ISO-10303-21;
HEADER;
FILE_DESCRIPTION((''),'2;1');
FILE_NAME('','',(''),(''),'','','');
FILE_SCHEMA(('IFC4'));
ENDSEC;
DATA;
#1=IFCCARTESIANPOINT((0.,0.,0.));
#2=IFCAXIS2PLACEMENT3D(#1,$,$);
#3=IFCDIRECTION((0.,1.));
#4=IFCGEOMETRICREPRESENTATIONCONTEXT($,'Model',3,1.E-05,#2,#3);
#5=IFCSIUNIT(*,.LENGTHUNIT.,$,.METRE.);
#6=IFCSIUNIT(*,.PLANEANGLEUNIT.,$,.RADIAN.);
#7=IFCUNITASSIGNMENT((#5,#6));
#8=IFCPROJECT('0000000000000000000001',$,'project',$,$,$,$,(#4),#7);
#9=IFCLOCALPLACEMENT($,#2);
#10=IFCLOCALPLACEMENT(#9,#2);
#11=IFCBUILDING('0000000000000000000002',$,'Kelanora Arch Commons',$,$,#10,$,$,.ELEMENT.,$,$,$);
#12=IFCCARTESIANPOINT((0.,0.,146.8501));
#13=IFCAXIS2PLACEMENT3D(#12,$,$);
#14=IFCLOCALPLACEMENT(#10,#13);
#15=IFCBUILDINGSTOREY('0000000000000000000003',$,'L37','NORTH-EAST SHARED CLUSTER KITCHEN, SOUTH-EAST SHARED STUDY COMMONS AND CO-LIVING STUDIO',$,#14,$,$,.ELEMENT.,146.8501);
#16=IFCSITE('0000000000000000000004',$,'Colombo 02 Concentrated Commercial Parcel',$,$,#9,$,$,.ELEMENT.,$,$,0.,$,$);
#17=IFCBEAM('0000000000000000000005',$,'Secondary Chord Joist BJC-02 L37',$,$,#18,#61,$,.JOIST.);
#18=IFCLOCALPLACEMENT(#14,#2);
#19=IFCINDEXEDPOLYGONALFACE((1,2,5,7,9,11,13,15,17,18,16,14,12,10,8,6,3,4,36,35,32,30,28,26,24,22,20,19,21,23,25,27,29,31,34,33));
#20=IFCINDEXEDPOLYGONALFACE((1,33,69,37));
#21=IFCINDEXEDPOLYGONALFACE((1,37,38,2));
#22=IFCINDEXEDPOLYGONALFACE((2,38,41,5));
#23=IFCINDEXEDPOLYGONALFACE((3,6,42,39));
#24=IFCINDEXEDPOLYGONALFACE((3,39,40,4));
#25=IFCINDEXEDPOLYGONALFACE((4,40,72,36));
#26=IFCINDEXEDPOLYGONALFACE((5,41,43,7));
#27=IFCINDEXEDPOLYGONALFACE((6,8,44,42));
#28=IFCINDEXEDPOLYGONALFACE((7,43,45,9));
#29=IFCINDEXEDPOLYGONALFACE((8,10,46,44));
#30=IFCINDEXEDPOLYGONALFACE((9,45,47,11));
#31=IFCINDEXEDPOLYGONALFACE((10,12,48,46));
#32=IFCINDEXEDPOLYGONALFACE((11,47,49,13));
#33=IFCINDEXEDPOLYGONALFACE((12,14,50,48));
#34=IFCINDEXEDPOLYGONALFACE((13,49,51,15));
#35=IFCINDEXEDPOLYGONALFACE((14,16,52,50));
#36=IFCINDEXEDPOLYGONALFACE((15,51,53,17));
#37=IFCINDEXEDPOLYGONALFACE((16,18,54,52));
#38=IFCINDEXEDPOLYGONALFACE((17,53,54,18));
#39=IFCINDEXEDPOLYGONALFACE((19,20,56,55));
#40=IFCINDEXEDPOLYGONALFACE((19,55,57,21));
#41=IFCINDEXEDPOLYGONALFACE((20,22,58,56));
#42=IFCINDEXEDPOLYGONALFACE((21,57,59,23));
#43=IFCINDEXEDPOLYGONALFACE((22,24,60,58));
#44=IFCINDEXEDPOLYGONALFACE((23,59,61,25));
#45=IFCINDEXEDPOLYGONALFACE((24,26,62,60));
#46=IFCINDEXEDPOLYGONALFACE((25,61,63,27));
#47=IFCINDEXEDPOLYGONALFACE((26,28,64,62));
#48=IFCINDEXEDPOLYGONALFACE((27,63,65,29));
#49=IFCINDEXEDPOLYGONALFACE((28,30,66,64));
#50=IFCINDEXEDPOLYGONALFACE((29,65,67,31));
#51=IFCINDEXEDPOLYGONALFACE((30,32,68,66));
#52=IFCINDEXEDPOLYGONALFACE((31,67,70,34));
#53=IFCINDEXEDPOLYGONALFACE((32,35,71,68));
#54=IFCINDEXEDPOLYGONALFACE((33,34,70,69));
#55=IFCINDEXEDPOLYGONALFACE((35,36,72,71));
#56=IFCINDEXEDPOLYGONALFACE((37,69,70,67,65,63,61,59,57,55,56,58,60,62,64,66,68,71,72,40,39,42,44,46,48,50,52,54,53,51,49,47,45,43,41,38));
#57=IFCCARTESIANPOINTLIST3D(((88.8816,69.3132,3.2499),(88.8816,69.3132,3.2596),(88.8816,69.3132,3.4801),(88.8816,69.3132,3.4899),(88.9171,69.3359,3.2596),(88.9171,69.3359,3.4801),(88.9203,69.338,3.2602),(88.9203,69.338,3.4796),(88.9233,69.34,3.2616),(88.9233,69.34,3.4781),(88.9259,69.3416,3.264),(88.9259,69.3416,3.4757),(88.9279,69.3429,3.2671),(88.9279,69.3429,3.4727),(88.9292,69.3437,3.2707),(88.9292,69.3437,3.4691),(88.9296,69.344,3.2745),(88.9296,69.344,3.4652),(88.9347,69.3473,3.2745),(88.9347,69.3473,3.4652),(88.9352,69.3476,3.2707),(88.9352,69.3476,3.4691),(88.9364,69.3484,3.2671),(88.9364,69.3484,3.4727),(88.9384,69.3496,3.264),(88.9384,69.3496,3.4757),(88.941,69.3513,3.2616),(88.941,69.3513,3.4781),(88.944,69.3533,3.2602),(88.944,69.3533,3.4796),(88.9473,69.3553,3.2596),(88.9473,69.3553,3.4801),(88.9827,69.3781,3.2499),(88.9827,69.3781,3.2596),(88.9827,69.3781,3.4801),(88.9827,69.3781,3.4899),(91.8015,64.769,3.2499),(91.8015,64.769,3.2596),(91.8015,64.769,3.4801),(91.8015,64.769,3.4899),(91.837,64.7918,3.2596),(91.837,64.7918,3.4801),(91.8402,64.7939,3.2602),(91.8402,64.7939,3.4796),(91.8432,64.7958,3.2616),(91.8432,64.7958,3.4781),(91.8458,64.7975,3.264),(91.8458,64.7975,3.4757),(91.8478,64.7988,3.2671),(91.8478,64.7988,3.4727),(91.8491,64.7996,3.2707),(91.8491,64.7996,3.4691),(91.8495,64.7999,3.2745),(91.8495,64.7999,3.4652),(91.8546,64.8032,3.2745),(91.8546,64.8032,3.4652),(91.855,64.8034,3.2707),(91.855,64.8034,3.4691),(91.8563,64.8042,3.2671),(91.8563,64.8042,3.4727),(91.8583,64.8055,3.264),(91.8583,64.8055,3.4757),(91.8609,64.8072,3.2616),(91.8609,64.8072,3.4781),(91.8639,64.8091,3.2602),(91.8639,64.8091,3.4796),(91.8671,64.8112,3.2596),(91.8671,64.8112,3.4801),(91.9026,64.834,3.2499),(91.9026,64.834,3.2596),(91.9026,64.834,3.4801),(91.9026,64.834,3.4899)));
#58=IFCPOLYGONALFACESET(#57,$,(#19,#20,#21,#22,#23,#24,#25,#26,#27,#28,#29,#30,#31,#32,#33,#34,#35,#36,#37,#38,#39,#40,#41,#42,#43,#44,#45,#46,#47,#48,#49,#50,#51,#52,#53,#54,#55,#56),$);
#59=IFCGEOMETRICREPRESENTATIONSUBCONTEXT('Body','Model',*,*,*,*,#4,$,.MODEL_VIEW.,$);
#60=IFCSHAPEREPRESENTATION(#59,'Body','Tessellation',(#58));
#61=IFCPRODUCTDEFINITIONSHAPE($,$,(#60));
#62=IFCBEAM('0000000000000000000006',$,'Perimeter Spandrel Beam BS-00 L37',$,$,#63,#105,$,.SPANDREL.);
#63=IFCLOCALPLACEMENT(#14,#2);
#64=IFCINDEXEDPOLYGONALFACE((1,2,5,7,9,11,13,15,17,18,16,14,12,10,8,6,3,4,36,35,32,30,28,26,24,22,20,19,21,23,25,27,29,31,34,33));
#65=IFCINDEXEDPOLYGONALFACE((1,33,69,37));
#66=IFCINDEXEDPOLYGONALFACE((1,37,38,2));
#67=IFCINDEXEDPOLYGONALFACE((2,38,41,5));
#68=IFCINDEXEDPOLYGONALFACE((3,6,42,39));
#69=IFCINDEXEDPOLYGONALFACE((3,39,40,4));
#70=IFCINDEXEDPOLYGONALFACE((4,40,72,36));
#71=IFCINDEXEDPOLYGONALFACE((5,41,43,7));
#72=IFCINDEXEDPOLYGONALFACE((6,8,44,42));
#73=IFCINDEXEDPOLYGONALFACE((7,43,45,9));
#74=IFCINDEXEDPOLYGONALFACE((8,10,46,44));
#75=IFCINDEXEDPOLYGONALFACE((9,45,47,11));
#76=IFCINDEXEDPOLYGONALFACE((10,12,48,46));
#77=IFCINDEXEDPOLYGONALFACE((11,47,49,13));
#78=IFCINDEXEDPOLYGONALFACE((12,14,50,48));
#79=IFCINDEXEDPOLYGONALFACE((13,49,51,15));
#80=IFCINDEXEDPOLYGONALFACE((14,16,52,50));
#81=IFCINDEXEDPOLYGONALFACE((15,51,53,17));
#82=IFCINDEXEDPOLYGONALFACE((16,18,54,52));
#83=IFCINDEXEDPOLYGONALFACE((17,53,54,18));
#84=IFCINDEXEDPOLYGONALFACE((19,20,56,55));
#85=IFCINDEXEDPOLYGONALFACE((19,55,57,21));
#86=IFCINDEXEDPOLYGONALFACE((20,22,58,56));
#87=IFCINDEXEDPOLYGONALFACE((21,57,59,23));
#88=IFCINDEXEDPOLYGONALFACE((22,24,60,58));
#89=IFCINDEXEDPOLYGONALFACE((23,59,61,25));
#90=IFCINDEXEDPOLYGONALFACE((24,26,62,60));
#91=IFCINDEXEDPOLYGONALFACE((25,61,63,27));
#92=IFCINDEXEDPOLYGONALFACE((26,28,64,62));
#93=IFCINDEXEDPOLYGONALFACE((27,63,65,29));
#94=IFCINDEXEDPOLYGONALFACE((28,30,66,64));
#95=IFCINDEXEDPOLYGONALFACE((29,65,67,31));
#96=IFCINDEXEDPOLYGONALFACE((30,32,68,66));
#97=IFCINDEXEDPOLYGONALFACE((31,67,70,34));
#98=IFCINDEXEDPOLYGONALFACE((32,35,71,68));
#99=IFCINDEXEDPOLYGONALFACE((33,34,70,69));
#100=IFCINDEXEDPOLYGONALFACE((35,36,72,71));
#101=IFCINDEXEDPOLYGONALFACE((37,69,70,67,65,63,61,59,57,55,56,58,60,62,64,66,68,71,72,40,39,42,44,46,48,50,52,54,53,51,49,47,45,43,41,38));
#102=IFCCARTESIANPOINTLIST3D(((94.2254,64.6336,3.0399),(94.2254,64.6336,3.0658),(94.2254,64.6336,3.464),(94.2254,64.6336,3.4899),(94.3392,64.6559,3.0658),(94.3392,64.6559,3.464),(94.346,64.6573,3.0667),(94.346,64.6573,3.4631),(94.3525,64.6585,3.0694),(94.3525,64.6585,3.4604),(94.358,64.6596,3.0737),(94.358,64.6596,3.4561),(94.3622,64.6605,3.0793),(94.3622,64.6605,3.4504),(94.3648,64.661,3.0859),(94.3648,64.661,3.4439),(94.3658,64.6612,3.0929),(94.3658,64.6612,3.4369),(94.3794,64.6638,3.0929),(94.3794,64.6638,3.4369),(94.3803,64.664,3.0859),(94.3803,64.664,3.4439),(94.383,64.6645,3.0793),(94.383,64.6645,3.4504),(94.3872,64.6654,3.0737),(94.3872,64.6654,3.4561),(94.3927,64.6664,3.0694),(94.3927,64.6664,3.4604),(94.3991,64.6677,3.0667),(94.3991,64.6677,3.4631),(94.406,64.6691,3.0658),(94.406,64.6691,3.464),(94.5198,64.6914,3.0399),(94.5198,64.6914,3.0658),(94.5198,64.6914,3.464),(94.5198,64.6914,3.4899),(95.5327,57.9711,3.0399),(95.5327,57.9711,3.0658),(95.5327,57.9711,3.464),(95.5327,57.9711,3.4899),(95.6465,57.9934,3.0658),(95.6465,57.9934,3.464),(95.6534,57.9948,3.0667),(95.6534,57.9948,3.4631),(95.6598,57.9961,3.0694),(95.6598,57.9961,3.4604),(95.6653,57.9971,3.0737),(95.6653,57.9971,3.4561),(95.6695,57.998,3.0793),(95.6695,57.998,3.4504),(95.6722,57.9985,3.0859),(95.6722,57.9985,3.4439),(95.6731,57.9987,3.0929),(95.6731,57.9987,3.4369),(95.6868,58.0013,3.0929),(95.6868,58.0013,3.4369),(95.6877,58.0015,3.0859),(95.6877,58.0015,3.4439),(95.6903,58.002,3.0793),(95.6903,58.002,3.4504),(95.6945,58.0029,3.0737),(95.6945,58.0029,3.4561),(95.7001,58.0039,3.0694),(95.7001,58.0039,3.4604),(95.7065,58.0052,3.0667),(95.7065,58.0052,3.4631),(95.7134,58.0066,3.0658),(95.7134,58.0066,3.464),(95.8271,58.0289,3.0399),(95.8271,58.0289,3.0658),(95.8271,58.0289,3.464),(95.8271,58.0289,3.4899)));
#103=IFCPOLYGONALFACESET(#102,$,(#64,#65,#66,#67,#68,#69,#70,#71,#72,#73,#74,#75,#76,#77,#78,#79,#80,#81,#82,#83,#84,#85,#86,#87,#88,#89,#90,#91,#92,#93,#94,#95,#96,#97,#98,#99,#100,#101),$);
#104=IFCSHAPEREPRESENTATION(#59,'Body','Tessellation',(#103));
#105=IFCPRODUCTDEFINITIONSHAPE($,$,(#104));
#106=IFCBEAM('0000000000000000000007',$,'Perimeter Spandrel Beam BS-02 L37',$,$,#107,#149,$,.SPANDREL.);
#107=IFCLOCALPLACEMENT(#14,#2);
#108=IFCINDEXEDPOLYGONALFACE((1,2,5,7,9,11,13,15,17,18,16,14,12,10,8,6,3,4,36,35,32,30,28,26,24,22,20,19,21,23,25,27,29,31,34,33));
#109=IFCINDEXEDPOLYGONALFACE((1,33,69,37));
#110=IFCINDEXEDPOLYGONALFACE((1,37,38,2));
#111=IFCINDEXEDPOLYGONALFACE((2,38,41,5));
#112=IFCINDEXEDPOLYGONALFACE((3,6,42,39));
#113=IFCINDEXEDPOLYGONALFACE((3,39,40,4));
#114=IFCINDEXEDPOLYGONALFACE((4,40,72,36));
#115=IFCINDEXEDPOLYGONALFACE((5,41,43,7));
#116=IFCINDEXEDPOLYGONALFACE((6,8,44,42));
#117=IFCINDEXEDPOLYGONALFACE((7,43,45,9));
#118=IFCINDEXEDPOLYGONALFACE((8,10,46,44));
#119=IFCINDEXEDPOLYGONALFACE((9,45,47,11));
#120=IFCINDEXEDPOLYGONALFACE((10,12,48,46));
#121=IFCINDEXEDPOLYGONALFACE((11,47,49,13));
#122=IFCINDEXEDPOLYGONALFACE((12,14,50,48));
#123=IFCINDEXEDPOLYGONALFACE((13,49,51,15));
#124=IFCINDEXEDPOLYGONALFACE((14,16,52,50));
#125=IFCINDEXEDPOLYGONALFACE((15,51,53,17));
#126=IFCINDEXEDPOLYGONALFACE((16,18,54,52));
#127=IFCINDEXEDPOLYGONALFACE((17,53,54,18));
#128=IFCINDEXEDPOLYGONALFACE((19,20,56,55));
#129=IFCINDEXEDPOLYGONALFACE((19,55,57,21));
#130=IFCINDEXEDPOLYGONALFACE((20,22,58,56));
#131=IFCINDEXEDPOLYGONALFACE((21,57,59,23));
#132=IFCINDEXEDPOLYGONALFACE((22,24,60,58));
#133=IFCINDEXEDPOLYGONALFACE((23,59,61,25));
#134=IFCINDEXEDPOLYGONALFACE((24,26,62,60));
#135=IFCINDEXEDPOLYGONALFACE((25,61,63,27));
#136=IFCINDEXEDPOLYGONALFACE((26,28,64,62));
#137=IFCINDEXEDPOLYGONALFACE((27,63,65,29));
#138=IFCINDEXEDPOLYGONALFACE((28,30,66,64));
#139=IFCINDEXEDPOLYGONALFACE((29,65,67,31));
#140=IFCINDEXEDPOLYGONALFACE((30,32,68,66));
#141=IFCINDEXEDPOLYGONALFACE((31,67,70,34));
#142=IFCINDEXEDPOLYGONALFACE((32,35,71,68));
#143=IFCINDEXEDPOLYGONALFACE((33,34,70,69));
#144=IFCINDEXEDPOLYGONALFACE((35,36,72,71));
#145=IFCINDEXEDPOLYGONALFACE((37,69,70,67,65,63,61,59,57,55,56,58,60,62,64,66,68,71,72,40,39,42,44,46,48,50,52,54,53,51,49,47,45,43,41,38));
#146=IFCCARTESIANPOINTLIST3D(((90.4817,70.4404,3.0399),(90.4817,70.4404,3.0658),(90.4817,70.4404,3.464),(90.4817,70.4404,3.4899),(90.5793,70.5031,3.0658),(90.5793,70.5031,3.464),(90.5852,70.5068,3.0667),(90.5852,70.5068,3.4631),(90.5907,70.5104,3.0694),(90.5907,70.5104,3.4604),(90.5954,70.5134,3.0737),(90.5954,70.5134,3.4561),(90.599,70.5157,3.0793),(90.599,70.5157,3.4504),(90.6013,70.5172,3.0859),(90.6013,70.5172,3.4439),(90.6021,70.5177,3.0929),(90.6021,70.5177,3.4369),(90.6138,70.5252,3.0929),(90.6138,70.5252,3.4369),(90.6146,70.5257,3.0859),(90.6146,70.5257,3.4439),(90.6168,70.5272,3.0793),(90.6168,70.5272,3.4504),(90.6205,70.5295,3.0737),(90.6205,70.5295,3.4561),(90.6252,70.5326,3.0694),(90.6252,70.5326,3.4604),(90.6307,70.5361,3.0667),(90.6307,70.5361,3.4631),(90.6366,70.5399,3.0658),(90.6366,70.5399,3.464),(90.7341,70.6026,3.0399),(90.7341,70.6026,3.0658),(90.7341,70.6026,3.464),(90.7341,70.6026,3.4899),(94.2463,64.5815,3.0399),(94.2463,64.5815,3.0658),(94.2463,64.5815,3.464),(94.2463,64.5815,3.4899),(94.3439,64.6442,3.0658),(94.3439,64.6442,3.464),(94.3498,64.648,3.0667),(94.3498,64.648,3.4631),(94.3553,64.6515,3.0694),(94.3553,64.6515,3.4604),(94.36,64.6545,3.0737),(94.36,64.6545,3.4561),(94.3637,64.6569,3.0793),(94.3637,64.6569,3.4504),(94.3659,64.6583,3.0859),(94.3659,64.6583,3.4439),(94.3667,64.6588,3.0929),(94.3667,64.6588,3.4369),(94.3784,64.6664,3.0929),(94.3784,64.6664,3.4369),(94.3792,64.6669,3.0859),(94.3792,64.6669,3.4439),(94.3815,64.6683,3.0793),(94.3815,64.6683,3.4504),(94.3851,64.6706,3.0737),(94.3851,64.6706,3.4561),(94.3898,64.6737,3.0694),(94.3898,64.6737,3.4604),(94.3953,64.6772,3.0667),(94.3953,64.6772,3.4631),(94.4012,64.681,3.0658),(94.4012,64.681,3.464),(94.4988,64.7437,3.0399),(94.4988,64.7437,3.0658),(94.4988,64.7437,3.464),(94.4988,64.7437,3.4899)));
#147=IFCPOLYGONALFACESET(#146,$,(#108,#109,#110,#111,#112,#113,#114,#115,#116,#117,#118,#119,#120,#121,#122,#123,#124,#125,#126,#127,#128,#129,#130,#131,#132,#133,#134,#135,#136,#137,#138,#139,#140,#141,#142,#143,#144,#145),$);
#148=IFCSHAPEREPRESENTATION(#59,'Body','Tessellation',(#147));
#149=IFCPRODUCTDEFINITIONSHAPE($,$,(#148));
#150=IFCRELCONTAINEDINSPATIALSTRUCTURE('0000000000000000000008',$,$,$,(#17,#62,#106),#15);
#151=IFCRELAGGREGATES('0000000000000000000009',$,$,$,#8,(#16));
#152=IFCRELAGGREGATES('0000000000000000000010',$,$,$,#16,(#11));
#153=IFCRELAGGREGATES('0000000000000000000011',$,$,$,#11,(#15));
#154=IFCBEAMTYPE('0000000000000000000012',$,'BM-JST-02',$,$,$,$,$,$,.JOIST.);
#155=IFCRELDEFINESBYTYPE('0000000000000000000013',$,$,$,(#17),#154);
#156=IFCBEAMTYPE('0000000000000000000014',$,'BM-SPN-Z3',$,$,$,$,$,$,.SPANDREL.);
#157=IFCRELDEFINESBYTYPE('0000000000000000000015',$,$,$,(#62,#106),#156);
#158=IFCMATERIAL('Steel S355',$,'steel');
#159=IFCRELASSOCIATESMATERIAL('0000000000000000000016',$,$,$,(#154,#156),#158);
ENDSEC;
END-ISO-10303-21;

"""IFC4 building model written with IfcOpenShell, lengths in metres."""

from ifc_helpers import new_model, si_unit, direction, frame, origin, origin_2d, place, context, subcontext, project, spatial, i_section, extrude, material, material_profile, profile_set, type_object, element, save


model = new_model("IFC4")

# Units and contexts
model_context = context("Model", 3, precision=1e-05, world=origin(), true_north=direction((0.0, 1.0)))
body_context = subcontext(model_context, "Body", "Model", "MODEL_VIEW")
ifc_project = project(units=[si_unit("LENGTHUNIT", "METRE"), si_unit("PLANEANGLEUNIT", "RADIAN")], contexts=[model_context])

# Site, building, storey
site_placement = place(None, origin())
site = spatial("IfcSite", under=ifc_project, at=site_placement, Name="Colombo 02 Concentrated Commercial Parcel", CompositionType="ELEMENT", RefElevation=0.0)
building_placement = place(site_placement, origin())
building = spatial("IfcBuilding", under=site, at=building_placement, Name="Kelanora Arch Commons", CompositionType="ELEMENT")
storey_placement = place(building_placement, frame((0.0, 0.0, 146.8501)))
storey = spatial("IfcBuildingStorey", under=building, at=storey_placement, Name="L37", Description="NORTH-EAST SHARED CLUSTER KITCHEN, SOUTH-EAST SHARED STUDY COMMONS AND CO-LIVING STUDIO", CompositionType="ELEMENT", Elevation=146.8501)

# Beams
ifc_material_1 = material(Name="Steel S355", Category="steel")
ifc_material_profile_1 = material_profile(ifc_material_1, i_section(OverallWidth=0.1201, OverallDepth=0.24, WebThickness=0.0061, FlangeThickness=0.0098, FilletRadius=0.0149, at=origin_2d()), Name="IPE240")
ifc_profile_set_1 = profile_set([ifc_material_profile_1], Name="Steel S355")
beam_type_1 = type_object("IfcBeamType", Name="BM-JST-02", PredefinedType="JOIST", material=ifc_profile_set_1)
beam_1_placement = place(storey_placement, frame((91.8521, 64.8015, 3.3699), z_axis=(-0.540582, 0.841292, 0.0), x_axis=(-0.841292, -0.540582, 0.0)))
element("IfcBeam", 1, at=beam_1_placement, inside=storey, type_object=beam_type_1, Name="Secondary Chord Joist BJC-02 L37", PredefinedType="JOIST", context=body_context, shape_type="SweptSolid", body=[
    extrude(i_section(OverallWidth=0.1201, OverallDepth=0.24, WebThickness=0.0061, FlangeThickness=0.0098, FilletRadius=0.0149, at=origin_2d()), origin(), (0.0, 0.0, 1.0), 5.4014),
])
ifc_material_profile_2 = material_profile(ifc_material_1, i_section(OverallWidth=0.3, OverallDepth=0.45, WebThickness=0.0139, FlangeThickness=0.0259, FilletRadius=0.0271, at=origin_2d()), Name="HEB450")
ifc_profile_set_2 = profile_set([ifc_material_profile_2], Name="Steel S355")
beam_type_2 = type_object("IfcBeamType", Name="BM-SPN-Z3", PredefinedType="SPANDREL", material=ifc_profile_set_2)
beam_2_placement = place(storey_placement, frame((95.6799, 58.0, 3.2649), z_axis=(-0.192554, 0.981286, 0.0), x_axis=(-0.981286, -0.192554, 0.0)))
element("IfcBeam", 2, at=beam_2_placement, inside=storey, type_object=beam_type_2, Name="Perimeter Spandrel Beam BS-00 L37", PredefinedType="SPANDREL", context=body_context, shape_type="SweptSolid", body=[
    extrude(i_section(OverallWidth=0.3, OverallDepth=0.45, WebThickness=0.0139, FlangeThickness=0.0259, FilletRadius=0.0271, at=origin_2d()), origin(), (0.0, 0.0, 1.0), 6.7896),
])
beam_3_placement = place(storey_placement, frame((94.3726, 64.6626, 3.2649), z_axis=(-0.540577, 0.841295, 0.0), x_axis=(-0.841295, -0.540577, 0.0)))
element("IfcBeam", 3, at=beam_3_placement, inside=storey, type_object=beam_type_2, Name="Perimeter Spandrel Beam BS-02 L37", PredefinedType="SPANDREL", context=body_context, shape_type="SweptSolid", body=[
    extrude(i_section(OverallWidth=0.3, OverallDepth=0.45, WebThickness=0.0139, FlangeThickness=0.0259, FilletRadius=0.0271, at=origin_2d()), origin(), (0.0, 0.0, 1.0), 6.9641),
])

save(model, "model.ifc")
